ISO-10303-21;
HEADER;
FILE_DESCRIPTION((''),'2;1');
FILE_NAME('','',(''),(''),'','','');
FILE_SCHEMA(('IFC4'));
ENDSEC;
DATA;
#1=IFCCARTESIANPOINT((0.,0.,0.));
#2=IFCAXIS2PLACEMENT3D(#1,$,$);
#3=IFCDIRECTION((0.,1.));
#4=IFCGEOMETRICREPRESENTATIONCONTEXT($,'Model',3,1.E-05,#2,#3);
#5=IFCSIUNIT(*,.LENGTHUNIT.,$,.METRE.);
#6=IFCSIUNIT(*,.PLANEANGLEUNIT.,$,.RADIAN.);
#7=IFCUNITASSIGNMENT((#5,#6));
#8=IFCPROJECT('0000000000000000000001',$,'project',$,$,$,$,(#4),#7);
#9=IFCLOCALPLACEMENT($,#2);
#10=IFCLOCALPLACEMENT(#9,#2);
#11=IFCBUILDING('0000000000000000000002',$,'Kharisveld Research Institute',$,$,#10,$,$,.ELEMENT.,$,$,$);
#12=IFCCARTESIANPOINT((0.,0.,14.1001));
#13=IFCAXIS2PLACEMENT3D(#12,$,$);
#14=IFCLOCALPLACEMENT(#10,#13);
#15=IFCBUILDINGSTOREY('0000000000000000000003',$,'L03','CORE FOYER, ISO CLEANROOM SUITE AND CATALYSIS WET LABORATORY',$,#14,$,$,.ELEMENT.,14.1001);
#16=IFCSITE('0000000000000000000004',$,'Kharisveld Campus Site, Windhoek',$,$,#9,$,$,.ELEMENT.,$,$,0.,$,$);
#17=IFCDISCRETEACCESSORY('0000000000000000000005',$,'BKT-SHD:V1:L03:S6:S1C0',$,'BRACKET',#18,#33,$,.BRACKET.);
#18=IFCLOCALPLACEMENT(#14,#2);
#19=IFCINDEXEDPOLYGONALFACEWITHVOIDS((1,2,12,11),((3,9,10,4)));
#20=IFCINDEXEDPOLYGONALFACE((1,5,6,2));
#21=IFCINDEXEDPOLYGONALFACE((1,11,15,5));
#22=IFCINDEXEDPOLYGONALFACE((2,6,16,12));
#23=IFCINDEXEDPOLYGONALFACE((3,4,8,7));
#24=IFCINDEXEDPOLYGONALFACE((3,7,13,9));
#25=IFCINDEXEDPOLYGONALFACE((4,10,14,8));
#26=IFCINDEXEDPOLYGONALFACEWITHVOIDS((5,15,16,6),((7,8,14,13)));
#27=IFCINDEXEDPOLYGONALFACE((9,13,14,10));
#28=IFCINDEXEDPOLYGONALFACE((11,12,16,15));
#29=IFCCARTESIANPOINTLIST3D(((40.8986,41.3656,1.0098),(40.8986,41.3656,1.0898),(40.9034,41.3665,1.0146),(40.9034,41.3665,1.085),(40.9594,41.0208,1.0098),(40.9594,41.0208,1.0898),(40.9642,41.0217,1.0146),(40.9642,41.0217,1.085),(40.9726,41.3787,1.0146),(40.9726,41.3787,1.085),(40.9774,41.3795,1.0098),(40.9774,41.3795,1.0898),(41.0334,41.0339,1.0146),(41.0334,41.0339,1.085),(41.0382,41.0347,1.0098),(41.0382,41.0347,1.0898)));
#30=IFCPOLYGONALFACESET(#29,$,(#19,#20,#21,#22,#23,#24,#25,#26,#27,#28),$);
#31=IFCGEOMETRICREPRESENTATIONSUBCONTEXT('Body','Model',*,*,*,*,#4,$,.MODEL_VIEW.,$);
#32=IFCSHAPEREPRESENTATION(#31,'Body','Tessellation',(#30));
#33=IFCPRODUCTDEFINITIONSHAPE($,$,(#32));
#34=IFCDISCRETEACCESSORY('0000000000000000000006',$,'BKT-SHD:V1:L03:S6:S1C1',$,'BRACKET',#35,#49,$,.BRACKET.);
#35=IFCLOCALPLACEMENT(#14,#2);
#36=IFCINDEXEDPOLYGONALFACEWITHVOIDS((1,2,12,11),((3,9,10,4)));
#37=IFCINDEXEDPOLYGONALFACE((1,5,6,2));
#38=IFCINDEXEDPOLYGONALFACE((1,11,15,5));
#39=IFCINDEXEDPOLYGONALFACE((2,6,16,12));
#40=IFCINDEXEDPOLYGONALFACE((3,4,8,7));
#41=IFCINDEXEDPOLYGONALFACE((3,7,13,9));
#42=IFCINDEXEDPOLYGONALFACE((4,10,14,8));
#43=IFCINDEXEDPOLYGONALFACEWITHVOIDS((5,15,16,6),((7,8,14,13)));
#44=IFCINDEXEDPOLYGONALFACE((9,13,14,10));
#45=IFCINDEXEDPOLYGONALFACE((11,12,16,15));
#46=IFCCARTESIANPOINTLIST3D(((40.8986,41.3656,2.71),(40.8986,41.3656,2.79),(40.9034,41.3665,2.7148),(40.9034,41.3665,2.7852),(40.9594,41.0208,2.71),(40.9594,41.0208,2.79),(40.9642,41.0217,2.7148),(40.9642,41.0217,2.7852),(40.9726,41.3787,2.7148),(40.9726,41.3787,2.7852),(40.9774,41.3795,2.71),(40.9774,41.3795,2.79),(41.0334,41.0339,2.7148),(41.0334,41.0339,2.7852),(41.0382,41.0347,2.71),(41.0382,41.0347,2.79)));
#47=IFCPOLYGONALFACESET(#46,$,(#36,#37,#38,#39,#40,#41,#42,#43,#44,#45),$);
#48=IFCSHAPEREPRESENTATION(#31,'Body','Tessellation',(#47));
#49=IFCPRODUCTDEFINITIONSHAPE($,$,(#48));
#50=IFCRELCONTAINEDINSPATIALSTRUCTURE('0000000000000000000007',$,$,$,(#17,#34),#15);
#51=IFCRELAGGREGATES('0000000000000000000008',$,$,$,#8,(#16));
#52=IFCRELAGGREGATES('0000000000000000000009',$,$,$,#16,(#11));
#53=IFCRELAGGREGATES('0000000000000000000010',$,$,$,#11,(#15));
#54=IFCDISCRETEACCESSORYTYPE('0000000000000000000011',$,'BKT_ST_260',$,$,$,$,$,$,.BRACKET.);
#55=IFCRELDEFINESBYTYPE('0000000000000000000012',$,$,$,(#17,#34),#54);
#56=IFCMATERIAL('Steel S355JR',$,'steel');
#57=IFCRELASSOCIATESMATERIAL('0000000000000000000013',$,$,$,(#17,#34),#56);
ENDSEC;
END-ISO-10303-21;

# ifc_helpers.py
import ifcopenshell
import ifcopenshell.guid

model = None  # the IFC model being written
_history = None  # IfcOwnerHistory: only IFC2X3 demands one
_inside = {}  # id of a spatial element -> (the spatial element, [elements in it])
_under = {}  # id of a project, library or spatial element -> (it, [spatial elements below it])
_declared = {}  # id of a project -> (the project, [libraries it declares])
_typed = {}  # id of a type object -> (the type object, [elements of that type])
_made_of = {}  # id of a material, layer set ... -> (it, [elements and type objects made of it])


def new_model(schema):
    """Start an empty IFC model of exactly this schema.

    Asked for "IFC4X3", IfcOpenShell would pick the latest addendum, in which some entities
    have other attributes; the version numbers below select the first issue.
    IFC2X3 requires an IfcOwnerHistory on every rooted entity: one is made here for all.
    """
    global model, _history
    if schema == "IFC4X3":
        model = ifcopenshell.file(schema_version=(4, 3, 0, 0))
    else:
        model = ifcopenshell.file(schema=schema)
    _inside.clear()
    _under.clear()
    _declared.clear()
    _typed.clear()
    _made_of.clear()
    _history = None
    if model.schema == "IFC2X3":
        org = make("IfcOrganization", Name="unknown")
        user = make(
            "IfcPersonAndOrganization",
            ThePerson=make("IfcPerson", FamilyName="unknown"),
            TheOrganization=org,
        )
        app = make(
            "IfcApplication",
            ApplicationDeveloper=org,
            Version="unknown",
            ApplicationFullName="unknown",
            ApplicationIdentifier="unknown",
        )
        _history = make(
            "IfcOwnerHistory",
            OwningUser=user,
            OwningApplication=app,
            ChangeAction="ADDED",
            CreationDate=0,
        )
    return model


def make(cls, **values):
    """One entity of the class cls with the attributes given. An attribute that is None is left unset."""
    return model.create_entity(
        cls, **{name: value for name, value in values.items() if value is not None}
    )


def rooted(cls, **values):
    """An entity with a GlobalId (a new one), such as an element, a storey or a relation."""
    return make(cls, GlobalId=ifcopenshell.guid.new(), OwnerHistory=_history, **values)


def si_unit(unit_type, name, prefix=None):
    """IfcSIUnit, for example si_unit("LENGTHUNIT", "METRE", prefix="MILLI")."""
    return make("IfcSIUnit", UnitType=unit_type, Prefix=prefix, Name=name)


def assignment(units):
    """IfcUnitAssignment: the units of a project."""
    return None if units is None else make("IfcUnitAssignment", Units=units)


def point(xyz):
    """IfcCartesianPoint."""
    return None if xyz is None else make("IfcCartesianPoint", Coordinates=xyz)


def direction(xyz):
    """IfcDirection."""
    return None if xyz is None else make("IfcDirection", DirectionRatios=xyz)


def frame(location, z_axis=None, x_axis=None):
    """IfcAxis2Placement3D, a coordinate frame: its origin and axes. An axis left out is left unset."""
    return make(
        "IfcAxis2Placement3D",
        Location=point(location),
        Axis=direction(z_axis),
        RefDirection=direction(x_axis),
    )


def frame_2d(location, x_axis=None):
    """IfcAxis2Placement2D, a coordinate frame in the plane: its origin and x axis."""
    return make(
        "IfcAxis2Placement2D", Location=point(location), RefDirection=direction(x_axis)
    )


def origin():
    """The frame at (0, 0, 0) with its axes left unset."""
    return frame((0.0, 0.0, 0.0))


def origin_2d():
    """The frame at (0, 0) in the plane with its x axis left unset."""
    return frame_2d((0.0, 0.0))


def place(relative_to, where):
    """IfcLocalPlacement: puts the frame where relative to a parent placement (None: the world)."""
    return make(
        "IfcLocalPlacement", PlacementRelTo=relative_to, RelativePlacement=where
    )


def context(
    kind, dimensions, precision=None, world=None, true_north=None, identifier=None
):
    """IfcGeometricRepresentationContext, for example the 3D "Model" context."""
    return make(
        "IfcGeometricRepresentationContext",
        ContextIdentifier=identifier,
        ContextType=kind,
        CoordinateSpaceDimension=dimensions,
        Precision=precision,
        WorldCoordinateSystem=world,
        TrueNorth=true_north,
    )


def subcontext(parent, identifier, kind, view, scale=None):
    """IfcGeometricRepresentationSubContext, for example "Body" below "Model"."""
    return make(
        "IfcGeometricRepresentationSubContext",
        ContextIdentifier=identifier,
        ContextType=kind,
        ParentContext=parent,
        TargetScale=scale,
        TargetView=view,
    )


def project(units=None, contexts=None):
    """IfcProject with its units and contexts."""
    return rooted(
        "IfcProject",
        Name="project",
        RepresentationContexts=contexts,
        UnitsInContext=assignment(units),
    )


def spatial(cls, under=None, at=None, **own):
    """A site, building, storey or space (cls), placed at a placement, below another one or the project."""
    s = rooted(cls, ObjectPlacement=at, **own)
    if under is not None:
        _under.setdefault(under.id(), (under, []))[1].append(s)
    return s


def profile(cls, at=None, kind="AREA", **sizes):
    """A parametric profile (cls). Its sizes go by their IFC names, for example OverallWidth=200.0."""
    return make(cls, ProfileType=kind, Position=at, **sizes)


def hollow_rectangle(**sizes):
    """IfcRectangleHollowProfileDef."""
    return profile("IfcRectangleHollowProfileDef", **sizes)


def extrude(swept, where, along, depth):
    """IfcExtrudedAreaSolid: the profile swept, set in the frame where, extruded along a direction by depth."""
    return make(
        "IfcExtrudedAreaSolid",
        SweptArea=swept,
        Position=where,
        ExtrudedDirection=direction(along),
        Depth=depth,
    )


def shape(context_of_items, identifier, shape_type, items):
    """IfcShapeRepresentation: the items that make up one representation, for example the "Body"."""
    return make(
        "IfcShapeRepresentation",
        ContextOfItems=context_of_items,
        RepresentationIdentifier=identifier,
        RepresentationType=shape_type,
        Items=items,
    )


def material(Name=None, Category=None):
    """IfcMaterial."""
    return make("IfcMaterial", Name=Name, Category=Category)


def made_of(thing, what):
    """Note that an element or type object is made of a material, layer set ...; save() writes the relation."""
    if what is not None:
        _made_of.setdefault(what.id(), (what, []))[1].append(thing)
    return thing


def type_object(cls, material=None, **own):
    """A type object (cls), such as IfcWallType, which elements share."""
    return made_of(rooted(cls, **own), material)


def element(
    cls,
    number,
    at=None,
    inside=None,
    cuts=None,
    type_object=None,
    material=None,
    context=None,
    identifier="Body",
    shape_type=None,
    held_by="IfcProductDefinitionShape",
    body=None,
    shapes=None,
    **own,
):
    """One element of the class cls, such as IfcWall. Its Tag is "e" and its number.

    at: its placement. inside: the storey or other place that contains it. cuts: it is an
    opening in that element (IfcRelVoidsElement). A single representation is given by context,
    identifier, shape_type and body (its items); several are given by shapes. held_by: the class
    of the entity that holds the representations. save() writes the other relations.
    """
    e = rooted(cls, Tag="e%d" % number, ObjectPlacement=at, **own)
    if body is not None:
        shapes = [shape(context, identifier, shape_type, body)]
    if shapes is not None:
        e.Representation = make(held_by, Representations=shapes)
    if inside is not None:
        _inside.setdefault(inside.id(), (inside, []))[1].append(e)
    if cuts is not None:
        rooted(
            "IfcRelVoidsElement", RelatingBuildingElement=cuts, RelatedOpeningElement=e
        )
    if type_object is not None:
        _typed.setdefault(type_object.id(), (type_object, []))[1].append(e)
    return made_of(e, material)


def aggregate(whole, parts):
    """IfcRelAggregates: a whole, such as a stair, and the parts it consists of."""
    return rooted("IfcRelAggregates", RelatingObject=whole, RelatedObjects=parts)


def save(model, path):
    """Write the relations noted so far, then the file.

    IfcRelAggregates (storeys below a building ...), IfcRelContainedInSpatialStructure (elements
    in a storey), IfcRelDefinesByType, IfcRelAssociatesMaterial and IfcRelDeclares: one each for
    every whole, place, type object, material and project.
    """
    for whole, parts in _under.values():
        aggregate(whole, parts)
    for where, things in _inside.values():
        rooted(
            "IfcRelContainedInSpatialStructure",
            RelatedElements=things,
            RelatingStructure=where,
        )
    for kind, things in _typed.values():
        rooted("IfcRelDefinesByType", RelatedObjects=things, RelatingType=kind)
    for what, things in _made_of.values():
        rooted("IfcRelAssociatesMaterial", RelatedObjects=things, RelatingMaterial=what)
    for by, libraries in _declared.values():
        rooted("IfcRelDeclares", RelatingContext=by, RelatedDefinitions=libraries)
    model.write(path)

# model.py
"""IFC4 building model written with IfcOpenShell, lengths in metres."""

from ifc_helpers import new_model, si_unit, direction, frame, origin, origin_2d, place, context, subcontext, project, spatial, hollow_rectangle, extrude, material, type_object, element, save


model = new_model("IFC4")

# Units and contexts
model_context = context("Model", 3, precision=1e-05, world=origin(), true_north=direction((0.0, 1.0)))
body_context = subcontext(model_context, "Body", "Model", "MODEL_VIEW")
ifc_project = project(units=[si_unit("LENGTHUNIT", "METRE"), si_unit("PLANEANGLEUNIT", "RADIAN")], contexts=[model_context])

# Site, building, storey
site_placement = place(None, origin())
site = spatial("IfcSite", under=ifc_project, at=site_placement, Name="Kharisveld Campus Site, Windhoek", CompositionType="ELEMENT", RefElevation=0.0)
building_placement = place(site_placement, origin())
building = spatial("IfcBuilding", under=site, at=building_placement, Name="Kharisveld Research Institute", CompositionType="ELEMENT")
storey_placement = place(building_placement, frame((0.0, 0.0, 14.1001)))
storey = spatial("IfcBuildingStorey", under=building, at=storey_placement, Name="L03", Description="CORE FOYER, ISO CLEANROOM SUITE AND CATALYSIS WET LABORATORY", CompositionType="ELEMENT", Elevation=14.1001)

# Discrete accessories
ifc_material_1 = material(Name="Steel S355JR", Category="steel")
discrete_accessory_type = type_object("IfcDiscreteAccessoryType", Name="BKT_ST_260", PredefinedType="BRACKET")
for number, where, z_axis, x_axis, name in (
    (1, (40.938, 41.3726, 1.0498), (0.173666, -0.984805, 0.0), (0.984805, 0.173666, 0.0), "BKT-SHD:V1:L03:S6:S1C0"),
    (2, (40.938, 41.3726, 2.75), (0.173666, -0.984805, 0.0), (0.984805, 0.173666, 0.0), "BKT-SHD:V1:L03:S6:S1C1"),
):
    element("IfcDiscreteAccessory", number, at=place(storey_placement, frame(where, z_axis=z_axis, x_axis=x_axis)), inside=storey, type_object=discrete_accessory_type, material=ifc_material_1, Name=name, ObjectType="BRACKET", PredefinedType="BRACKET", context=body_context, shape_type="SweptSolid", body=[
        extrude(hollow_rectangle(XDim=0.0801, YDim=0.0801, WallThickness=0.0049, at=origin_2d()), origin(), (0.0, 0.0, 1.0), 0.3501),
    ])

save(model, "model.ifc")
